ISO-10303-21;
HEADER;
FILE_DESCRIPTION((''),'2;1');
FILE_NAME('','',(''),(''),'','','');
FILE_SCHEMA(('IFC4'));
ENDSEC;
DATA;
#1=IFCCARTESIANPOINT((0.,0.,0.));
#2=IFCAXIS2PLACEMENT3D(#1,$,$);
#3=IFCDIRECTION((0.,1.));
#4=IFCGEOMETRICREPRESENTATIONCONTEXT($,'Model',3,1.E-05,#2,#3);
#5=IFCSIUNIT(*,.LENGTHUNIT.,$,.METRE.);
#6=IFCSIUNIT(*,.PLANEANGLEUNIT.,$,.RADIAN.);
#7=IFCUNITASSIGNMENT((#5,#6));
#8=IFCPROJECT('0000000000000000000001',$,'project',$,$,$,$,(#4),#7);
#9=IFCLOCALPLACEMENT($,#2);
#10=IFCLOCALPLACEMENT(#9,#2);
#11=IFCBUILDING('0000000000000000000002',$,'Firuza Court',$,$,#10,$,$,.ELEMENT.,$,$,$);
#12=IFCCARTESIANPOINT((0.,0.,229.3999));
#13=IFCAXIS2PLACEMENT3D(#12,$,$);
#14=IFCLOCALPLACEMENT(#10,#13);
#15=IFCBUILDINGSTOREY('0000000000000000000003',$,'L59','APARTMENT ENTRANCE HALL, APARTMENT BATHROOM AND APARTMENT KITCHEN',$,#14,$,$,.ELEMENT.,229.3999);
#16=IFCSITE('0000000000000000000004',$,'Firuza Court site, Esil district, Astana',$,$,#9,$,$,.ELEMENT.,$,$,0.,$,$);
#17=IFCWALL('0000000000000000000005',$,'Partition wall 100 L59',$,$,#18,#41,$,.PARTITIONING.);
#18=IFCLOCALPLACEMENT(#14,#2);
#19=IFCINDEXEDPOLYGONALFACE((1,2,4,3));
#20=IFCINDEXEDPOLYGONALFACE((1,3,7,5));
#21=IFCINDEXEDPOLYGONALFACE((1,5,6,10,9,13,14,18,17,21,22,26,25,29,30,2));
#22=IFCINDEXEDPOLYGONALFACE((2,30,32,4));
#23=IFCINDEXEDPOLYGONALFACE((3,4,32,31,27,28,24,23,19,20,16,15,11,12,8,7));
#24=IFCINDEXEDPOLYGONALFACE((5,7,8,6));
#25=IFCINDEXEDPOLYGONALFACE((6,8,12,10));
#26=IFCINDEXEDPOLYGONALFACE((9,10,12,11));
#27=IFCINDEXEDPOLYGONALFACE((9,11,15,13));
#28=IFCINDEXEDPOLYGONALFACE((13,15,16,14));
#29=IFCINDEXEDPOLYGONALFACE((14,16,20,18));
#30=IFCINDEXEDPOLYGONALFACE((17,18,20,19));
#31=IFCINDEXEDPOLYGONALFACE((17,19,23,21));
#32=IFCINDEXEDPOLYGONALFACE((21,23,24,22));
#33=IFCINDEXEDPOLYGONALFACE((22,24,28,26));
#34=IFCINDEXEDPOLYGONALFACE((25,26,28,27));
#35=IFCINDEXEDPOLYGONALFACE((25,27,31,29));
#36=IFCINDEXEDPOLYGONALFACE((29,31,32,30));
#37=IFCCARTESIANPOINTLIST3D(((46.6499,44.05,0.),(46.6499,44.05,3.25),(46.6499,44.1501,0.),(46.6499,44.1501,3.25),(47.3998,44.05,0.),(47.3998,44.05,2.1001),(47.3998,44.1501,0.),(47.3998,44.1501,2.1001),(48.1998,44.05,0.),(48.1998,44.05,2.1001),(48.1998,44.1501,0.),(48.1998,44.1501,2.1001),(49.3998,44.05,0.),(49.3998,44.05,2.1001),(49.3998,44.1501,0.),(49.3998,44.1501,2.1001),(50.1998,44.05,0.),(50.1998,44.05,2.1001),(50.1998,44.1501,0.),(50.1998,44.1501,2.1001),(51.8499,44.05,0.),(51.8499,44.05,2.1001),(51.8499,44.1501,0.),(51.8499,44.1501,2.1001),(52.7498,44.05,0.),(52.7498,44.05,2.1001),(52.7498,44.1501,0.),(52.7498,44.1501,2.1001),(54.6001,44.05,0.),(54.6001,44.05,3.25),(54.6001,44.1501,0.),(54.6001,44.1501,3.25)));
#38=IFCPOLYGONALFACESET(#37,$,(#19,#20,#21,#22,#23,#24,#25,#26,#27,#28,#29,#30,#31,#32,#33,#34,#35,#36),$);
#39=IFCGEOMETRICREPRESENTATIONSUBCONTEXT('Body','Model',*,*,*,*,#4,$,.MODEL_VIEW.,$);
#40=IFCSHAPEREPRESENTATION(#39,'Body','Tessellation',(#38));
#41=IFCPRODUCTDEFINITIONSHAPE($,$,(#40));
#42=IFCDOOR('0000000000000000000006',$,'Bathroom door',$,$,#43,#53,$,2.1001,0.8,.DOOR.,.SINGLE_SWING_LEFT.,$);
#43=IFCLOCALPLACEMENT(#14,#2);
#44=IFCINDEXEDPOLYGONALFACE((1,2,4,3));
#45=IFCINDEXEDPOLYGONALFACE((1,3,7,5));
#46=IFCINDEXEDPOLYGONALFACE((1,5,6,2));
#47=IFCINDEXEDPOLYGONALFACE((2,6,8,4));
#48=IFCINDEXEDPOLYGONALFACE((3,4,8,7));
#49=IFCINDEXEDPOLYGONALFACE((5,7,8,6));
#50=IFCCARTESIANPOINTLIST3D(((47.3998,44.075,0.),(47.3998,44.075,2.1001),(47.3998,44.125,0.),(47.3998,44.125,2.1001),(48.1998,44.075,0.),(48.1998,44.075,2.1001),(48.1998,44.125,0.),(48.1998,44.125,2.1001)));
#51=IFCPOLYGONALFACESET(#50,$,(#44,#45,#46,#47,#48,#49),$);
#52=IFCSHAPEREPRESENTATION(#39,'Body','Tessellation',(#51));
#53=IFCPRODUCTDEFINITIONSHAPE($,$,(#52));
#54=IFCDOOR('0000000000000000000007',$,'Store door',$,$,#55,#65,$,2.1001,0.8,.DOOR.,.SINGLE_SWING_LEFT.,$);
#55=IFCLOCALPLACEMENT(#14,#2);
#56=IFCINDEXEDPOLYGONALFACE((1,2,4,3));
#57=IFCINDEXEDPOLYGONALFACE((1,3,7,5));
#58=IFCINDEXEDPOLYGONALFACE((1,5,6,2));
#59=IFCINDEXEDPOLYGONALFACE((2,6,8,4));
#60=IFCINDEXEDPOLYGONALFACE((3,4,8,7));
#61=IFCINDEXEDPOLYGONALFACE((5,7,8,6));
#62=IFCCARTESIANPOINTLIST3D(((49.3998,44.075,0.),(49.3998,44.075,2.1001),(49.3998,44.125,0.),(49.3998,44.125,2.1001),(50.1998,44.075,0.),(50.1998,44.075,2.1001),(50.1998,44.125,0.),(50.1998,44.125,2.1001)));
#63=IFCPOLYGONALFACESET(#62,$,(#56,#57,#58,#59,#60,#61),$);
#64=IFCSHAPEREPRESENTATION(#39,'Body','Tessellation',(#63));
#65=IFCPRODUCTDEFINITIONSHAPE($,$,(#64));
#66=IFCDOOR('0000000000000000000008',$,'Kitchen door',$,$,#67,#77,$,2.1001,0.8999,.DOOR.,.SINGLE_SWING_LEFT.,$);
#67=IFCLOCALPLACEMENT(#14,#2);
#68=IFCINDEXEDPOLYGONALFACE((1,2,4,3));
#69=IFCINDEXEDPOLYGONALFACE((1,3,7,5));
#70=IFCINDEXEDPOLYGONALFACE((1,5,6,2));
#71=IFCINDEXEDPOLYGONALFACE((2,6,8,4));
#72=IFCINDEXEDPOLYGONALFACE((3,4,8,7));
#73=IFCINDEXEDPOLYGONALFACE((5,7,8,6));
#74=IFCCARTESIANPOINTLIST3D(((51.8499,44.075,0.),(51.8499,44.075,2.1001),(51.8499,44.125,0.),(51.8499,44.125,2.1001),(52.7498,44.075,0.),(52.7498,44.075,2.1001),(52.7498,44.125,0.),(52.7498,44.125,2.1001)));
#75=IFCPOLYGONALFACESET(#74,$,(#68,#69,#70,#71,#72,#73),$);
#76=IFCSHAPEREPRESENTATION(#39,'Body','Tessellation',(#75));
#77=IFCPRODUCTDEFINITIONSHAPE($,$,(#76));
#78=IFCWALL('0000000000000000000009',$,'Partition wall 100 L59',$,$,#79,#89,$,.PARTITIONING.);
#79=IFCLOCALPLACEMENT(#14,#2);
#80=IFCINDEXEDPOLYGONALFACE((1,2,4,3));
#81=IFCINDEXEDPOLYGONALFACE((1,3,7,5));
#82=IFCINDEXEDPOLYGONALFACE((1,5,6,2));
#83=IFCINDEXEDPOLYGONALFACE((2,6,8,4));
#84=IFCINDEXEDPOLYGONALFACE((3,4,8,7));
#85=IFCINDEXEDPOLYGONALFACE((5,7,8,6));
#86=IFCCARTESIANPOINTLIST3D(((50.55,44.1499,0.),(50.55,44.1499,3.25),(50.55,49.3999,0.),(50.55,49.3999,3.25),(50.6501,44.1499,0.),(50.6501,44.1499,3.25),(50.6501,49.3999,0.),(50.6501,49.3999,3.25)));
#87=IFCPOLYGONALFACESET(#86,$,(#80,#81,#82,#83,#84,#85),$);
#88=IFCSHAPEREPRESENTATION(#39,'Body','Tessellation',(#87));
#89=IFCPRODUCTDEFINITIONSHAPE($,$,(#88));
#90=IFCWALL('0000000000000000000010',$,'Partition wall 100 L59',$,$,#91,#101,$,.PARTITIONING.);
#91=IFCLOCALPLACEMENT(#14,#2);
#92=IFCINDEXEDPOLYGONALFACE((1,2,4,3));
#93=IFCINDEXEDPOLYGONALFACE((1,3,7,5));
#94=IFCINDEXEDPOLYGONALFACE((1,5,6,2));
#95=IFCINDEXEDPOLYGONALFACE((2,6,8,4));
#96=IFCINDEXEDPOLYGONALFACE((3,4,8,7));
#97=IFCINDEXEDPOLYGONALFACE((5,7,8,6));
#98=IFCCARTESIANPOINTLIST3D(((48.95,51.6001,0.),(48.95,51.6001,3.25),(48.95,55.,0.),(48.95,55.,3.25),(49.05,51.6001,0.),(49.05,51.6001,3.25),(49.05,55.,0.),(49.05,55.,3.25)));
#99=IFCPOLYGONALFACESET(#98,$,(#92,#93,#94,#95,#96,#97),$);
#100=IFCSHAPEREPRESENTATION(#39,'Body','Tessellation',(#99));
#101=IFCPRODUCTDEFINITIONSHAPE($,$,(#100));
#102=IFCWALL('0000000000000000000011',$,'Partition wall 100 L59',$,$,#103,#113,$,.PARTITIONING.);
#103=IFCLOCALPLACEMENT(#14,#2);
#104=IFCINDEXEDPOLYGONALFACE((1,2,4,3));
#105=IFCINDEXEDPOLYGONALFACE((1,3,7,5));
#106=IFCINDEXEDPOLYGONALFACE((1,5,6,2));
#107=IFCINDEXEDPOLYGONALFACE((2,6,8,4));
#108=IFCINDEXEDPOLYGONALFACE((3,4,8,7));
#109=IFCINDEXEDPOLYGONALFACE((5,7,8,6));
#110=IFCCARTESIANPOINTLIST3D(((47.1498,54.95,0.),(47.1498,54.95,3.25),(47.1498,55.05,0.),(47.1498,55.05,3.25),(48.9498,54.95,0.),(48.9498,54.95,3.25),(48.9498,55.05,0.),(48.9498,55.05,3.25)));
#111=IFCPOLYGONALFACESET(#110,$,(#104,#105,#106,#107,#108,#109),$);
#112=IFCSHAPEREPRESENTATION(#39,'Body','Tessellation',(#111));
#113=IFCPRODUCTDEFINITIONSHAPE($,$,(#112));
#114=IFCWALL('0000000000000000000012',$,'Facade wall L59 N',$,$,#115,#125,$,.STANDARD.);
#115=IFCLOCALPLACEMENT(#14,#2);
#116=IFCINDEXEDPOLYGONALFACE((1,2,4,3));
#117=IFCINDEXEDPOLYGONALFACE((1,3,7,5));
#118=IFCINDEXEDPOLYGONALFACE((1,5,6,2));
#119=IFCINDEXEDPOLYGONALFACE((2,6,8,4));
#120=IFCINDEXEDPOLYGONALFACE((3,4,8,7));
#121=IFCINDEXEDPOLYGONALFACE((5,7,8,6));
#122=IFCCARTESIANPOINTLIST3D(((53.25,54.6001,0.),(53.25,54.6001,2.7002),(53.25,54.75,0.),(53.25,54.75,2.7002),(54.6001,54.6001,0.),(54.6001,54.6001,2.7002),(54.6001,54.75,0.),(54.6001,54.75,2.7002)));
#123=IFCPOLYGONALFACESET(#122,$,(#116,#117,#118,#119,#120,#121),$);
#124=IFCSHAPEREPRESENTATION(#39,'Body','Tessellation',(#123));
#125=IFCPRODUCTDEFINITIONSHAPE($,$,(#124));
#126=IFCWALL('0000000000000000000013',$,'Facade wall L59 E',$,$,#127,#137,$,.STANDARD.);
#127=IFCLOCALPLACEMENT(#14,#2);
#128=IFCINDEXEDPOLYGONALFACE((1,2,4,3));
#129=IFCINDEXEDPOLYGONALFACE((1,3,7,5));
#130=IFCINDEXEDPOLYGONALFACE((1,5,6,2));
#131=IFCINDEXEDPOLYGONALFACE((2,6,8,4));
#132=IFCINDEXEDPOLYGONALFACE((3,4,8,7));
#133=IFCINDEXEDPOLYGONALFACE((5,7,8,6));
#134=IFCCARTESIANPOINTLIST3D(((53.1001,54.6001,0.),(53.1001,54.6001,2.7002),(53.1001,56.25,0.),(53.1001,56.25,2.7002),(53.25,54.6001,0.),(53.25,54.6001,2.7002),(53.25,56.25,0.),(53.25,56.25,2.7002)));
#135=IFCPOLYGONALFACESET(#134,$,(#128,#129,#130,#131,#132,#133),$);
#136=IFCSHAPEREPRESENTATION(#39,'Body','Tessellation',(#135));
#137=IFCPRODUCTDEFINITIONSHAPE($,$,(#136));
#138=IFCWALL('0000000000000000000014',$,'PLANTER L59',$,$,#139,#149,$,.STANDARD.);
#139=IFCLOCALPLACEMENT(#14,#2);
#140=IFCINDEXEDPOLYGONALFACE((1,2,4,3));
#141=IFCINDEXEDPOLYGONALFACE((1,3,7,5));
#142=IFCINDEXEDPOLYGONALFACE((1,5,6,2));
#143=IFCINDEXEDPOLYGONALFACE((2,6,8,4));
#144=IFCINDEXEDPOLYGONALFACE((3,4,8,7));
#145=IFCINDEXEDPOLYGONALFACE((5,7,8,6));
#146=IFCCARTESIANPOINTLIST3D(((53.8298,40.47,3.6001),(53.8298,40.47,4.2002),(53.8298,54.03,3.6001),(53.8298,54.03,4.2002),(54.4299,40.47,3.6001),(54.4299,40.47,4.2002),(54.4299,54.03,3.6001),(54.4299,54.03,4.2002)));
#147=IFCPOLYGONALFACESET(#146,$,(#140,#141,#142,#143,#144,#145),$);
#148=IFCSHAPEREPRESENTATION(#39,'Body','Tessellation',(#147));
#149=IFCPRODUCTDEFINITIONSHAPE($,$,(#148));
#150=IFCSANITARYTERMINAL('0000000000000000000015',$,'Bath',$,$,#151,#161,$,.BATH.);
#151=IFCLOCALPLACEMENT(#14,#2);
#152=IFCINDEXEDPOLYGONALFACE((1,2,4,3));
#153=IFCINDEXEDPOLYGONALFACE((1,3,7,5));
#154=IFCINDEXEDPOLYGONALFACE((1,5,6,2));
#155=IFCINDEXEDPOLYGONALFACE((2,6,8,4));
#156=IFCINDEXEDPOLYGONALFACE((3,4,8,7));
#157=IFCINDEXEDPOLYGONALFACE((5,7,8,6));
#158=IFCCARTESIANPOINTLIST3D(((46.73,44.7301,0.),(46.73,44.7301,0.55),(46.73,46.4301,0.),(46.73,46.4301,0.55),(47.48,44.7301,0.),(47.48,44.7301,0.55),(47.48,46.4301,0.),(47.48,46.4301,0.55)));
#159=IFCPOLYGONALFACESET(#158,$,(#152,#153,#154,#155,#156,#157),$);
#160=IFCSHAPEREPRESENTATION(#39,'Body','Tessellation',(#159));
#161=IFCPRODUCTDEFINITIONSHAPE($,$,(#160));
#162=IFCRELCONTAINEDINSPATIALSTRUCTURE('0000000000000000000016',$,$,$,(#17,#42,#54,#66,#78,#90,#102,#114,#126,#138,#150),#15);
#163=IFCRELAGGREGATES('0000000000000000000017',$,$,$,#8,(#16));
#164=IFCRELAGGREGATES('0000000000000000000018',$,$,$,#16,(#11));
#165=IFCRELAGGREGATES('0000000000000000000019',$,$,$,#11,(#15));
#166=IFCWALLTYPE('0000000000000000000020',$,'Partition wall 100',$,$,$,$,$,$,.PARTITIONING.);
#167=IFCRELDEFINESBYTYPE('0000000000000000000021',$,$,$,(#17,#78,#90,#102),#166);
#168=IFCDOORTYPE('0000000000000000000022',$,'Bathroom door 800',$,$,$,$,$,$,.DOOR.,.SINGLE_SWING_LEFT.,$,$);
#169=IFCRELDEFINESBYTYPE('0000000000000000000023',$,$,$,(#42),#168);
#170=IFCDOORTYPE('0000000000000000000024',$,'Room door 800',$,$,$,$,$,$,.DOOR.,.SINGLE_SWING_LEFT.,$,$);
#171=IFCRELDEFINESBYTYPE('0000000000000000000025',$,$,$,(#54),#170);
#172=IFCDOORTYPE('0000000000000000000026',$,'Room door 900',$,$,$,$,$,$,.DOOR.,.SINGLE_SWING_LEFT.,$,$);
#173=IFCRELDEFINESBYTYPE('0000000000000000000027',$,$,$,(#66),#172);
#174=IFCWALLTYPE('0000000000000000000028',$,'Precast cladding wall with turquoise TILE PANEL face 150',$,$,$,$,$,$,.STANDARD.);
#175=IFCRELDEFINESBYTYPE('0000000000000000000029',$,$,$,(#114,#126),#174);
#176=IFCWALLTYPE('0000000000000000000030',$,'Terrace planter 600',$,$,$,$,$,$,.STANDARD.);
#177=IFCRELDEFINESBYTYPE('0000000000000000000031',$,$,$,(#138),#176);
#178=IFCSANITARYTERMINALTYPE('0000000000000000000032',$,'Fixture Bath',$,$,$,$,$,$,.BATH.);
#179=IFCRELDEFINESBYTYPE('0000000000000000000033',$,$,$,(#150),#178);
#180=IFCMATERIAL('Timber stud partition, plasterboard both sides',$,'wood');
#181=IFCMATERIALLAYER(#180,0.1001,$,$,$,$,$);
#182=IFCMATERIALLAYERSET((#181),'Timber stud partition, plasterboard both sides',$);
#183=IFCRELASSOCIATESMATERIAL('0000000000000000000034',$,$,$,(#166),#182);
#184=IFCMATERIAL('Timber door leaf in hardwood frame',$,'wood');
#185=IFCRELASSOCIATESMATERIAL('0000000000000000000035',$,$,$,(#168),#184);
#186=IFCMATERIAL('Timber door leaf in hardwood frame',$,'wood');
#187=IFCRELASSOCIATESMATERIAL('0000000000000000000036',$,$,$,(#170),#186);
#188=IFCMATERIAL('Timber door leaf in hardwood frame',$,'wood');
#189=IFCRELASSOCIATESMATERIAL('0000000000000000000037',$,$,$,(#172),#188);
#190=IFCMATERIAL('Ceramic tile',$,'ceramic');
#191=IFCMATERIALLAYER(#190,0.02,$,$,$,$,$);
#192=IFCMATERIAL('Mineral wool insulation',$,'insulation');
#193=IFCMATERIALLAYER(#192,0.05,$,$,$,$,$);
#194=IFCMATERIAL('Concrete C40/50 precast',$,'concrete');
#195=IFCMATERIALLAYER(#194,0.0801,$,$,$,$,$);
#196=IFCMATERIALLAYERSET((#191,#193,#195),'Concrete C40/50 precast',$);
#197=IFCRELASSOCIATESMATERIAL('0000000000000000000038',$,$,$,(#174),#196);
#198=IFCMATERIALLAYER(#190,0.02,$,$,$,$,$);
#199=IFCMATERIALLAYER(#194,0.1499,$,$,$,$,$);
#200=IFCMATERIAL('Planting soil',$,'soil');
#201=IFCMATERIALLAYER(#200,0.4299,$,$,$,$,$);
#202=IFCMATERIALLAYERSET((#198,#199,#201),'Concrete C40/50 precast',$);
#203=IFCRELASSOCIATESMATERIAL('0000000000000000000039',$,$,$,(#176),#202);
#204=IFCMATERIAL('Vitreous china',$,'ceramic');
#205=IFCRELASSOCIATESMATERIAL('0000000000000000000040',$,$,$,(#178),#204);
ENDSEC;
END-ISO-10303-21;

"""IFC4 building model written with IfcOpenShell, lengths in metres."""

from ifc_helpers import new_model, si_unit, direction, frame, frame_2d, origin, origin_2d, place, context, subcontext, project, spatial, rectangle, extrude, material, layer, layer_set, type_object, element, fill, save


model = new_model("IFC4")

# Units and contexts
model_context = context("Model", 3, precision=1e-05, world=origin(), true_north=direction((0.0, 1.0)))
body_context = subcontext(model_context, "Body", "Model", "MODEL_VIEW")
ifc_project = project(units=[si_unit("LENGTHUNIT", "METRE"), si_unit("PLANEANGLEUNIT", "RADIAN")], contexts=[model_context])

# Site, building, storey
site_placement = place(None, origin())
site = spatial("IfcSite", under=ifc_project, at=site_placement, Name="Firuza Court site, Esil district, Astana", CompositionType="ELEMENT", RefElevation=0.0)
building_placement = place(site_placement, origin())
building = spatial("IfcBuilding", under=site, at=building_placement, Name="Firuza Court", CompositionType="ELEMENT")
storey_placement = place(building_placement, frame((0.0, 0.0, 229.3999)))
storey = spatial("IfcBuildingStorey", under=building, at=storey_placement, Name="L59", Description="APARTMENT ENTRANCE HALL, APARTMENT BATHROOM AND APARTMENT KITCHEN", CompositionType="ELEMENT", Elevation=229.3999)

# Wall, openings, doors
ifc_material_1 = material(Name="Timber stud partition, plasterboard both sides", Category="wood")
ifc_layer_1 = layer(ifc_material_1, 0.1001)
ifc_layer_set_1 = layer_set([ifc_layer_1], Name="Timber stud partition, plasterboard both sides")
wall_type_1 = type_object("IfcWallType", Name="Partition wall 100", PredefinedType="PARTITIONING", material=ifc_layer_set_1)
wall_1_placement = place(storey_placement, frame((46.6499, 44.1001, 0.0), z_axis=(0.0, 0.0, 1.0), x_axis=(1.0, 0.0, 0.0)))
wall_1 = element("IfcWall", 1, at=wall_1_placement, inside=storey, type_object=wall_type_1, Name="Partition wall 100 L59", PredefinedType="PARTITIONING", context=body_context, shape_type="SweptSolid", body=[
    extrude(rectangle(XDim=7.9502, YDim=0.1001, at=frame_2d((3.9751, 0.0))), origin(), (0.0, 0.0, 1.0), 3.25),
])
opening_1_placement = place(wall_1_placement, frame((0.75, 0.0, 0.0)))
opening_1 = element("IfcOpeningElement", 2, at=opening_1_placement, cuts=wall_1, PredefinedType="OPENING", context=body_context, shape_type="SweptSolid", body=[
    extrude(rectangle(XDim=0.8, YDim=2.1001, at=frame_2d((0.3999, 1.05))), frame((0.0, 0.062, 0.0), z_axis=(0.0, -1.0, 0.0), x_axis=(1.0, 0.0, 0.0)), (0.0, 0.0, 1.0), 0.124),
])
opening_2_placement = place(wall_1_placement, frame((5.2, 0.0, 0.0)))
opening_2 = element("IfcOpeningElement", 3, at=opening_2_placement, cuts=wall_1, PredefinedType="OPENING", context=body_context, shape_type="SweptSolid", body=[
    extrude(rectangle(XDim=0.8999, YDim=2.1001, at=frame_2d((0.45, 1.05))), frame((0.0, 0.062, 0.0), z_axis=(0.0, -1.0, 0.0), x_axis=(1.0, 0.0, 0.0)), (0.0, 0.0, 1.0), 0.124),
])
opening_3_placement = place(wall_1_placement, frame((2.75, 0.0, 0.0)))
opening_3 = element("IfcOpeningElement", 4, at=opening_3_placement, cuts=wall_1, PredefinedType="OPENING", context=body_context, shape_type="SweptSolid", body=[
    extrude(rectangle(XDim=0.8, YDim=2.1001, at=frame_2d((0.3999, 1.05))), frame((0.0, 0.062, 0.0), z_axis=(0.0, -1.0, 0.0), x_axis=(1.0, 0.0, 0.0)), (0.0, 0.0, 1.0), 0.124),
])
ifc_material_2 = material(Name="Timber door leaf in hardwood frame", Category="wood")
door_type_1 = type_object("IfcDoorType", Name="Bathroom door 800", OperationType="SINGLE_SWING_LEFT", PredefinedType="DOOR", material=ifc_material_2)
door_1_placement = place(opening_1_placement, origin())
door_1 = element("IfcDoor", 5, at=door_1_placement, inside=storey, type_object=door_type_1, Name="Bathroom door", OperationType="SINGLE_SWING_LEFT", OverallHeight=2.1001, OverallWidth=0.8, PredefinedType="DOOR", context=body_context, shape_type="SweptSolid", body=[
    extrude(rectangle(XDim=0.8, YDim=2.1001, at=frame_2d((0.3999, 1.05))), frame((0.0, 0.0249, 0.0), z_axis=(0.0, -1.0, 0.0), x_axis=(1.0, 0.0, 0.0)), (0.0, 0.0, 1.0), 0.05),
])
fill(opening_1, door_1)
ifc_material_3 = material(Name="Timber door leaf in hardwood frame", Category="wood")
door_type_2 = type_object("IfcDoorType", Name="Room door 800", OperationType="SINGLE_SWING_LEFT", PredefinedType="DOOR", material=ifc_material_3)
door_2_placement = place(opening_3_placement, origin())
door_2 = element("IfcDoor", 6, at=door_2_placement, inside=storey, type_object=door_type_2, Name="Store door", OperationType="SINGLE_SWING_LEFT", OverallHeight=2.1001, OverallWidth=0.8, PredefinedType="DOOR", context=body_context, shape_type="SweptSolid", body=[
    extrude(rectangle(XDim=0.8, YDim=2.1001, at=frame_2d((0.3999, 1.05))), frame((0.0, 0.0249, 0.0), z_axis=(0.0, -1.0, 0.0), x_axis=(1.0, 0.0, 0.0)), (0.0, 0.0, 1.0), 0.05),
])
fill(opening_3, door_2)
ifc_material_4 = material(Name="Timber door leaf in hardwood frame", Category="wood")
door_type_3 = type_object("IfcDoorType", Name="Room door 900", OperationType="SINGLE_SWING_LEFT", PredefinedType="DOOR", material=ifc_material_4)
door_3_placement = place(opening_2_placement, origin())
door_3 = element("IfcDoor", 7, at=door_3_placement, inside=storey, type_object=door_type_3, Name="Kitchen door", OperationType="SINGLE_SWING_LEFT", OverallHeight=2.1001, OverallWidth=0.8999, PredefinedType="DOOR", context=body_context, shape_type="SweptSolid", body=[
    extrude(rectangle(XDim=0.8999, YDim=2.1001, at=frame_2d((0.45, 1.05))), frame((0.0, 0.0249, 0.0), z_axis=(0.0, -1.0, 0.0), x_axis=(1.0, 0.0, 0.0)), (0.0, 0.0, 1.0), 0.05),
])
fill(opening_2, door_3)

# Walls
wall_2_placement = place(storey_placement, frame((50.6001, 44.1499, 0.0), z_axis=(0.0, 0.0, 1.0), x_axis=(0.0, 1.0, 0.0)))
element("IfcWall", 8, at=wall_2_placement, inside=storey, type_object=wall_type_1, Name="Partition wall 100 L59", PredefinedType="PARTITIONING", context=body_context, shape_type="SweptSolid", body=[
    extrude(rectangle(XDim=5.25, YDim=0.1001, at=frame_2d((2.625, 0.0))), origin(), (0.0, 0.0, 1.0), 3.25),
])
wall_3_placement = place(storey_placement, frame((49.0, 51.6001, 0.0), z_axis=(0.0, 0.0, 1.0), x_axis=(0.0, 1.0, 0.0)))
element("IfcWall", 9, at=wall_3_placement, inside=storey, type_object=wall_type_1, Name="Partition wall 100 L59", PredefinedType="PARTITIONING", context=body_context, shape_type="SweptSolid", body=[
    extrude(rectangle(XDim=3.3999, YDim=0.1001, at=frame_2d((1.7, 0.0))), origin(), (0.0, 0.0, 1.0), 3.25),
])
wall_4_placement = place(storey_placement, frame((47.1499, 55.0, 0.0), z_axis=(0.0, 0.0, 1.0), x_axis=(1.0, 0.0, 0.0)))
element("IfcWall", 10, at=wall_4_placement, inside=storey, type_object=wall_type_1, Name="Partition wall 100 L59", PredefinedType="PARTITIONING", context=body_context, shape_type="SweptSolid", body=[
    extrude(rectangle(XDim=1.8, YDim=0.1001, at=frame_2d((0.8999, 0.0))), origin(), (0.0, 0.0, 1.0), 3.25),
])
ifc_material_5 = material(Name="Ceramic tile", Category="ceramic")
ifc_layer_2 = layer(ifc_material_5, 0.02)
ifc_material_6 = material(Name="Mineral wool insulation", Category="insulation")
ifc_layer_3 = layer(ifc_material_6, 0.05)
ifc_material_7 = material(Name="Concrete C40/50 precast", Category="concrete")
ifc_layer_4 = layer(ifc_material_7, 0.0801)
ifc_layer_set_2 = layer_set([ifc_layer_2, ifc_layer_3, ifc_layer_4], Name="Concrete C40/50 precast")
wall_type_2 = type_object("IfcWallType", Name="Precast cladding wall with turquoise TILE PANEL face 150", PredefinedType="STANDARD", material=ifc_layer_set_2)
wall_5_placement = place(storey_placement, frame((54.6001, 54.675, 0.0), z_axis=(0.0, 0.0, 1.0), x_axis=(-1.0, 0.0, 0.0)))
element("IfcWall", 11, at=wall_5_placement, inside=storey, type_object=wall_type_2, Name="Facade wall L59 N", PredefinedType="STANDARD", context=body_context, shape_type="SweptSolid", body=[
    extrude(rectangle(XDim=1.3501, YDim=0.1499, at=frame_2d((0.675, 0.0))), origin(), (0.0, 0.0, 1.0), 2.7002),
])
wall_6_placement = place(storey_placement, frame((53.175, 54.6001, 0.0), z_axis=(0.0, 0.0, 1.0), x_axis=(0.0, 1.0, 0.0)))
element("IfcWall", 12, at=wall_6_placement, inside=storey, type_object=wall_type_2, Name="Facade wall L59 E", PredefinedType="STANDARD", context=body_context, shape_type="SweptSolid", body=[
    extrude(rectangle(XDim=1.6499, YDim=0.1499, at=frame_2d((0.825, 0.0))), origin(), (0.0, 0.0, 1.0), 2.7002),
])
ifc_layer_5 = layer(ifc_material_5, 0.02)
ifc_layer_6 = layer(ifc_material_7, 0.1499)
ifc_material_8 = material(Name="Planting soil", Category="soil")
ifc_layer_7 = layer(ifc_material_8, 0.4299)
ifc_layer_set_3 = layer_set([ifc_layer_5, ifc_layer_6, ifc_layer_7], Name="Concrete C40/50 precast")
wall_type_3 = type_object("IfcWallType", Name="Terrace planter 600", PredefinedType="STANDARD", material=ifc_layer_set_3)
wall_7_placement = place(storey_placement, frame((54.1299, 54.03, 3.6001), z_axis=(0.0, 0.0, 1.0), x_axis=(0.0, -1.0, 0.0)))
element("IfcWall", 13, at=wall_7_placement, inside=storey, type_object=wall_type_3, Name="PLANTER L59", PredefinedType="STANDARD", context=body_context, shape_type="SweptSolid", body=[
    extrude(rectangle(XDim=13.5601, YDim=0.6001, at=frame_2d((6.78, 0.0))), origin(), (0.0, 0.0, 1.0), 0.6001),
])

# Sanitary terminal
ifc_material_9 = material(Name="Vitreous china", Category="ceramic")
sanitary_terminal_type_1 = type_object("IfcSanitaryTerminalType", Name="Fixture Bath", PredefinedType="BATH", material=ifc_material_9)
sanitary_terminal_1_placement = place(storey_placement, frame((47.105, 45.5801, 0.0), z_axis=(0.0, 0.0, 1.0), x_axis=(1.0, 0.0, 0.0)))
element("IfcSanitaryTerminal", 14, at=sanitary_terminal_1_placement, inside=storey, type_object=sanitary_terminal_type_1, Name="Bath", PredefinedType="BATH", context=body_context, shape_type="SweptSolid", body=[
    extrude(rectangle(XDim=0.75, YDim=1.7, at=origin_2d()), origin(), (0.0, 0.0, 1.0), 0.55),
])

save(model, "model.ifc")
